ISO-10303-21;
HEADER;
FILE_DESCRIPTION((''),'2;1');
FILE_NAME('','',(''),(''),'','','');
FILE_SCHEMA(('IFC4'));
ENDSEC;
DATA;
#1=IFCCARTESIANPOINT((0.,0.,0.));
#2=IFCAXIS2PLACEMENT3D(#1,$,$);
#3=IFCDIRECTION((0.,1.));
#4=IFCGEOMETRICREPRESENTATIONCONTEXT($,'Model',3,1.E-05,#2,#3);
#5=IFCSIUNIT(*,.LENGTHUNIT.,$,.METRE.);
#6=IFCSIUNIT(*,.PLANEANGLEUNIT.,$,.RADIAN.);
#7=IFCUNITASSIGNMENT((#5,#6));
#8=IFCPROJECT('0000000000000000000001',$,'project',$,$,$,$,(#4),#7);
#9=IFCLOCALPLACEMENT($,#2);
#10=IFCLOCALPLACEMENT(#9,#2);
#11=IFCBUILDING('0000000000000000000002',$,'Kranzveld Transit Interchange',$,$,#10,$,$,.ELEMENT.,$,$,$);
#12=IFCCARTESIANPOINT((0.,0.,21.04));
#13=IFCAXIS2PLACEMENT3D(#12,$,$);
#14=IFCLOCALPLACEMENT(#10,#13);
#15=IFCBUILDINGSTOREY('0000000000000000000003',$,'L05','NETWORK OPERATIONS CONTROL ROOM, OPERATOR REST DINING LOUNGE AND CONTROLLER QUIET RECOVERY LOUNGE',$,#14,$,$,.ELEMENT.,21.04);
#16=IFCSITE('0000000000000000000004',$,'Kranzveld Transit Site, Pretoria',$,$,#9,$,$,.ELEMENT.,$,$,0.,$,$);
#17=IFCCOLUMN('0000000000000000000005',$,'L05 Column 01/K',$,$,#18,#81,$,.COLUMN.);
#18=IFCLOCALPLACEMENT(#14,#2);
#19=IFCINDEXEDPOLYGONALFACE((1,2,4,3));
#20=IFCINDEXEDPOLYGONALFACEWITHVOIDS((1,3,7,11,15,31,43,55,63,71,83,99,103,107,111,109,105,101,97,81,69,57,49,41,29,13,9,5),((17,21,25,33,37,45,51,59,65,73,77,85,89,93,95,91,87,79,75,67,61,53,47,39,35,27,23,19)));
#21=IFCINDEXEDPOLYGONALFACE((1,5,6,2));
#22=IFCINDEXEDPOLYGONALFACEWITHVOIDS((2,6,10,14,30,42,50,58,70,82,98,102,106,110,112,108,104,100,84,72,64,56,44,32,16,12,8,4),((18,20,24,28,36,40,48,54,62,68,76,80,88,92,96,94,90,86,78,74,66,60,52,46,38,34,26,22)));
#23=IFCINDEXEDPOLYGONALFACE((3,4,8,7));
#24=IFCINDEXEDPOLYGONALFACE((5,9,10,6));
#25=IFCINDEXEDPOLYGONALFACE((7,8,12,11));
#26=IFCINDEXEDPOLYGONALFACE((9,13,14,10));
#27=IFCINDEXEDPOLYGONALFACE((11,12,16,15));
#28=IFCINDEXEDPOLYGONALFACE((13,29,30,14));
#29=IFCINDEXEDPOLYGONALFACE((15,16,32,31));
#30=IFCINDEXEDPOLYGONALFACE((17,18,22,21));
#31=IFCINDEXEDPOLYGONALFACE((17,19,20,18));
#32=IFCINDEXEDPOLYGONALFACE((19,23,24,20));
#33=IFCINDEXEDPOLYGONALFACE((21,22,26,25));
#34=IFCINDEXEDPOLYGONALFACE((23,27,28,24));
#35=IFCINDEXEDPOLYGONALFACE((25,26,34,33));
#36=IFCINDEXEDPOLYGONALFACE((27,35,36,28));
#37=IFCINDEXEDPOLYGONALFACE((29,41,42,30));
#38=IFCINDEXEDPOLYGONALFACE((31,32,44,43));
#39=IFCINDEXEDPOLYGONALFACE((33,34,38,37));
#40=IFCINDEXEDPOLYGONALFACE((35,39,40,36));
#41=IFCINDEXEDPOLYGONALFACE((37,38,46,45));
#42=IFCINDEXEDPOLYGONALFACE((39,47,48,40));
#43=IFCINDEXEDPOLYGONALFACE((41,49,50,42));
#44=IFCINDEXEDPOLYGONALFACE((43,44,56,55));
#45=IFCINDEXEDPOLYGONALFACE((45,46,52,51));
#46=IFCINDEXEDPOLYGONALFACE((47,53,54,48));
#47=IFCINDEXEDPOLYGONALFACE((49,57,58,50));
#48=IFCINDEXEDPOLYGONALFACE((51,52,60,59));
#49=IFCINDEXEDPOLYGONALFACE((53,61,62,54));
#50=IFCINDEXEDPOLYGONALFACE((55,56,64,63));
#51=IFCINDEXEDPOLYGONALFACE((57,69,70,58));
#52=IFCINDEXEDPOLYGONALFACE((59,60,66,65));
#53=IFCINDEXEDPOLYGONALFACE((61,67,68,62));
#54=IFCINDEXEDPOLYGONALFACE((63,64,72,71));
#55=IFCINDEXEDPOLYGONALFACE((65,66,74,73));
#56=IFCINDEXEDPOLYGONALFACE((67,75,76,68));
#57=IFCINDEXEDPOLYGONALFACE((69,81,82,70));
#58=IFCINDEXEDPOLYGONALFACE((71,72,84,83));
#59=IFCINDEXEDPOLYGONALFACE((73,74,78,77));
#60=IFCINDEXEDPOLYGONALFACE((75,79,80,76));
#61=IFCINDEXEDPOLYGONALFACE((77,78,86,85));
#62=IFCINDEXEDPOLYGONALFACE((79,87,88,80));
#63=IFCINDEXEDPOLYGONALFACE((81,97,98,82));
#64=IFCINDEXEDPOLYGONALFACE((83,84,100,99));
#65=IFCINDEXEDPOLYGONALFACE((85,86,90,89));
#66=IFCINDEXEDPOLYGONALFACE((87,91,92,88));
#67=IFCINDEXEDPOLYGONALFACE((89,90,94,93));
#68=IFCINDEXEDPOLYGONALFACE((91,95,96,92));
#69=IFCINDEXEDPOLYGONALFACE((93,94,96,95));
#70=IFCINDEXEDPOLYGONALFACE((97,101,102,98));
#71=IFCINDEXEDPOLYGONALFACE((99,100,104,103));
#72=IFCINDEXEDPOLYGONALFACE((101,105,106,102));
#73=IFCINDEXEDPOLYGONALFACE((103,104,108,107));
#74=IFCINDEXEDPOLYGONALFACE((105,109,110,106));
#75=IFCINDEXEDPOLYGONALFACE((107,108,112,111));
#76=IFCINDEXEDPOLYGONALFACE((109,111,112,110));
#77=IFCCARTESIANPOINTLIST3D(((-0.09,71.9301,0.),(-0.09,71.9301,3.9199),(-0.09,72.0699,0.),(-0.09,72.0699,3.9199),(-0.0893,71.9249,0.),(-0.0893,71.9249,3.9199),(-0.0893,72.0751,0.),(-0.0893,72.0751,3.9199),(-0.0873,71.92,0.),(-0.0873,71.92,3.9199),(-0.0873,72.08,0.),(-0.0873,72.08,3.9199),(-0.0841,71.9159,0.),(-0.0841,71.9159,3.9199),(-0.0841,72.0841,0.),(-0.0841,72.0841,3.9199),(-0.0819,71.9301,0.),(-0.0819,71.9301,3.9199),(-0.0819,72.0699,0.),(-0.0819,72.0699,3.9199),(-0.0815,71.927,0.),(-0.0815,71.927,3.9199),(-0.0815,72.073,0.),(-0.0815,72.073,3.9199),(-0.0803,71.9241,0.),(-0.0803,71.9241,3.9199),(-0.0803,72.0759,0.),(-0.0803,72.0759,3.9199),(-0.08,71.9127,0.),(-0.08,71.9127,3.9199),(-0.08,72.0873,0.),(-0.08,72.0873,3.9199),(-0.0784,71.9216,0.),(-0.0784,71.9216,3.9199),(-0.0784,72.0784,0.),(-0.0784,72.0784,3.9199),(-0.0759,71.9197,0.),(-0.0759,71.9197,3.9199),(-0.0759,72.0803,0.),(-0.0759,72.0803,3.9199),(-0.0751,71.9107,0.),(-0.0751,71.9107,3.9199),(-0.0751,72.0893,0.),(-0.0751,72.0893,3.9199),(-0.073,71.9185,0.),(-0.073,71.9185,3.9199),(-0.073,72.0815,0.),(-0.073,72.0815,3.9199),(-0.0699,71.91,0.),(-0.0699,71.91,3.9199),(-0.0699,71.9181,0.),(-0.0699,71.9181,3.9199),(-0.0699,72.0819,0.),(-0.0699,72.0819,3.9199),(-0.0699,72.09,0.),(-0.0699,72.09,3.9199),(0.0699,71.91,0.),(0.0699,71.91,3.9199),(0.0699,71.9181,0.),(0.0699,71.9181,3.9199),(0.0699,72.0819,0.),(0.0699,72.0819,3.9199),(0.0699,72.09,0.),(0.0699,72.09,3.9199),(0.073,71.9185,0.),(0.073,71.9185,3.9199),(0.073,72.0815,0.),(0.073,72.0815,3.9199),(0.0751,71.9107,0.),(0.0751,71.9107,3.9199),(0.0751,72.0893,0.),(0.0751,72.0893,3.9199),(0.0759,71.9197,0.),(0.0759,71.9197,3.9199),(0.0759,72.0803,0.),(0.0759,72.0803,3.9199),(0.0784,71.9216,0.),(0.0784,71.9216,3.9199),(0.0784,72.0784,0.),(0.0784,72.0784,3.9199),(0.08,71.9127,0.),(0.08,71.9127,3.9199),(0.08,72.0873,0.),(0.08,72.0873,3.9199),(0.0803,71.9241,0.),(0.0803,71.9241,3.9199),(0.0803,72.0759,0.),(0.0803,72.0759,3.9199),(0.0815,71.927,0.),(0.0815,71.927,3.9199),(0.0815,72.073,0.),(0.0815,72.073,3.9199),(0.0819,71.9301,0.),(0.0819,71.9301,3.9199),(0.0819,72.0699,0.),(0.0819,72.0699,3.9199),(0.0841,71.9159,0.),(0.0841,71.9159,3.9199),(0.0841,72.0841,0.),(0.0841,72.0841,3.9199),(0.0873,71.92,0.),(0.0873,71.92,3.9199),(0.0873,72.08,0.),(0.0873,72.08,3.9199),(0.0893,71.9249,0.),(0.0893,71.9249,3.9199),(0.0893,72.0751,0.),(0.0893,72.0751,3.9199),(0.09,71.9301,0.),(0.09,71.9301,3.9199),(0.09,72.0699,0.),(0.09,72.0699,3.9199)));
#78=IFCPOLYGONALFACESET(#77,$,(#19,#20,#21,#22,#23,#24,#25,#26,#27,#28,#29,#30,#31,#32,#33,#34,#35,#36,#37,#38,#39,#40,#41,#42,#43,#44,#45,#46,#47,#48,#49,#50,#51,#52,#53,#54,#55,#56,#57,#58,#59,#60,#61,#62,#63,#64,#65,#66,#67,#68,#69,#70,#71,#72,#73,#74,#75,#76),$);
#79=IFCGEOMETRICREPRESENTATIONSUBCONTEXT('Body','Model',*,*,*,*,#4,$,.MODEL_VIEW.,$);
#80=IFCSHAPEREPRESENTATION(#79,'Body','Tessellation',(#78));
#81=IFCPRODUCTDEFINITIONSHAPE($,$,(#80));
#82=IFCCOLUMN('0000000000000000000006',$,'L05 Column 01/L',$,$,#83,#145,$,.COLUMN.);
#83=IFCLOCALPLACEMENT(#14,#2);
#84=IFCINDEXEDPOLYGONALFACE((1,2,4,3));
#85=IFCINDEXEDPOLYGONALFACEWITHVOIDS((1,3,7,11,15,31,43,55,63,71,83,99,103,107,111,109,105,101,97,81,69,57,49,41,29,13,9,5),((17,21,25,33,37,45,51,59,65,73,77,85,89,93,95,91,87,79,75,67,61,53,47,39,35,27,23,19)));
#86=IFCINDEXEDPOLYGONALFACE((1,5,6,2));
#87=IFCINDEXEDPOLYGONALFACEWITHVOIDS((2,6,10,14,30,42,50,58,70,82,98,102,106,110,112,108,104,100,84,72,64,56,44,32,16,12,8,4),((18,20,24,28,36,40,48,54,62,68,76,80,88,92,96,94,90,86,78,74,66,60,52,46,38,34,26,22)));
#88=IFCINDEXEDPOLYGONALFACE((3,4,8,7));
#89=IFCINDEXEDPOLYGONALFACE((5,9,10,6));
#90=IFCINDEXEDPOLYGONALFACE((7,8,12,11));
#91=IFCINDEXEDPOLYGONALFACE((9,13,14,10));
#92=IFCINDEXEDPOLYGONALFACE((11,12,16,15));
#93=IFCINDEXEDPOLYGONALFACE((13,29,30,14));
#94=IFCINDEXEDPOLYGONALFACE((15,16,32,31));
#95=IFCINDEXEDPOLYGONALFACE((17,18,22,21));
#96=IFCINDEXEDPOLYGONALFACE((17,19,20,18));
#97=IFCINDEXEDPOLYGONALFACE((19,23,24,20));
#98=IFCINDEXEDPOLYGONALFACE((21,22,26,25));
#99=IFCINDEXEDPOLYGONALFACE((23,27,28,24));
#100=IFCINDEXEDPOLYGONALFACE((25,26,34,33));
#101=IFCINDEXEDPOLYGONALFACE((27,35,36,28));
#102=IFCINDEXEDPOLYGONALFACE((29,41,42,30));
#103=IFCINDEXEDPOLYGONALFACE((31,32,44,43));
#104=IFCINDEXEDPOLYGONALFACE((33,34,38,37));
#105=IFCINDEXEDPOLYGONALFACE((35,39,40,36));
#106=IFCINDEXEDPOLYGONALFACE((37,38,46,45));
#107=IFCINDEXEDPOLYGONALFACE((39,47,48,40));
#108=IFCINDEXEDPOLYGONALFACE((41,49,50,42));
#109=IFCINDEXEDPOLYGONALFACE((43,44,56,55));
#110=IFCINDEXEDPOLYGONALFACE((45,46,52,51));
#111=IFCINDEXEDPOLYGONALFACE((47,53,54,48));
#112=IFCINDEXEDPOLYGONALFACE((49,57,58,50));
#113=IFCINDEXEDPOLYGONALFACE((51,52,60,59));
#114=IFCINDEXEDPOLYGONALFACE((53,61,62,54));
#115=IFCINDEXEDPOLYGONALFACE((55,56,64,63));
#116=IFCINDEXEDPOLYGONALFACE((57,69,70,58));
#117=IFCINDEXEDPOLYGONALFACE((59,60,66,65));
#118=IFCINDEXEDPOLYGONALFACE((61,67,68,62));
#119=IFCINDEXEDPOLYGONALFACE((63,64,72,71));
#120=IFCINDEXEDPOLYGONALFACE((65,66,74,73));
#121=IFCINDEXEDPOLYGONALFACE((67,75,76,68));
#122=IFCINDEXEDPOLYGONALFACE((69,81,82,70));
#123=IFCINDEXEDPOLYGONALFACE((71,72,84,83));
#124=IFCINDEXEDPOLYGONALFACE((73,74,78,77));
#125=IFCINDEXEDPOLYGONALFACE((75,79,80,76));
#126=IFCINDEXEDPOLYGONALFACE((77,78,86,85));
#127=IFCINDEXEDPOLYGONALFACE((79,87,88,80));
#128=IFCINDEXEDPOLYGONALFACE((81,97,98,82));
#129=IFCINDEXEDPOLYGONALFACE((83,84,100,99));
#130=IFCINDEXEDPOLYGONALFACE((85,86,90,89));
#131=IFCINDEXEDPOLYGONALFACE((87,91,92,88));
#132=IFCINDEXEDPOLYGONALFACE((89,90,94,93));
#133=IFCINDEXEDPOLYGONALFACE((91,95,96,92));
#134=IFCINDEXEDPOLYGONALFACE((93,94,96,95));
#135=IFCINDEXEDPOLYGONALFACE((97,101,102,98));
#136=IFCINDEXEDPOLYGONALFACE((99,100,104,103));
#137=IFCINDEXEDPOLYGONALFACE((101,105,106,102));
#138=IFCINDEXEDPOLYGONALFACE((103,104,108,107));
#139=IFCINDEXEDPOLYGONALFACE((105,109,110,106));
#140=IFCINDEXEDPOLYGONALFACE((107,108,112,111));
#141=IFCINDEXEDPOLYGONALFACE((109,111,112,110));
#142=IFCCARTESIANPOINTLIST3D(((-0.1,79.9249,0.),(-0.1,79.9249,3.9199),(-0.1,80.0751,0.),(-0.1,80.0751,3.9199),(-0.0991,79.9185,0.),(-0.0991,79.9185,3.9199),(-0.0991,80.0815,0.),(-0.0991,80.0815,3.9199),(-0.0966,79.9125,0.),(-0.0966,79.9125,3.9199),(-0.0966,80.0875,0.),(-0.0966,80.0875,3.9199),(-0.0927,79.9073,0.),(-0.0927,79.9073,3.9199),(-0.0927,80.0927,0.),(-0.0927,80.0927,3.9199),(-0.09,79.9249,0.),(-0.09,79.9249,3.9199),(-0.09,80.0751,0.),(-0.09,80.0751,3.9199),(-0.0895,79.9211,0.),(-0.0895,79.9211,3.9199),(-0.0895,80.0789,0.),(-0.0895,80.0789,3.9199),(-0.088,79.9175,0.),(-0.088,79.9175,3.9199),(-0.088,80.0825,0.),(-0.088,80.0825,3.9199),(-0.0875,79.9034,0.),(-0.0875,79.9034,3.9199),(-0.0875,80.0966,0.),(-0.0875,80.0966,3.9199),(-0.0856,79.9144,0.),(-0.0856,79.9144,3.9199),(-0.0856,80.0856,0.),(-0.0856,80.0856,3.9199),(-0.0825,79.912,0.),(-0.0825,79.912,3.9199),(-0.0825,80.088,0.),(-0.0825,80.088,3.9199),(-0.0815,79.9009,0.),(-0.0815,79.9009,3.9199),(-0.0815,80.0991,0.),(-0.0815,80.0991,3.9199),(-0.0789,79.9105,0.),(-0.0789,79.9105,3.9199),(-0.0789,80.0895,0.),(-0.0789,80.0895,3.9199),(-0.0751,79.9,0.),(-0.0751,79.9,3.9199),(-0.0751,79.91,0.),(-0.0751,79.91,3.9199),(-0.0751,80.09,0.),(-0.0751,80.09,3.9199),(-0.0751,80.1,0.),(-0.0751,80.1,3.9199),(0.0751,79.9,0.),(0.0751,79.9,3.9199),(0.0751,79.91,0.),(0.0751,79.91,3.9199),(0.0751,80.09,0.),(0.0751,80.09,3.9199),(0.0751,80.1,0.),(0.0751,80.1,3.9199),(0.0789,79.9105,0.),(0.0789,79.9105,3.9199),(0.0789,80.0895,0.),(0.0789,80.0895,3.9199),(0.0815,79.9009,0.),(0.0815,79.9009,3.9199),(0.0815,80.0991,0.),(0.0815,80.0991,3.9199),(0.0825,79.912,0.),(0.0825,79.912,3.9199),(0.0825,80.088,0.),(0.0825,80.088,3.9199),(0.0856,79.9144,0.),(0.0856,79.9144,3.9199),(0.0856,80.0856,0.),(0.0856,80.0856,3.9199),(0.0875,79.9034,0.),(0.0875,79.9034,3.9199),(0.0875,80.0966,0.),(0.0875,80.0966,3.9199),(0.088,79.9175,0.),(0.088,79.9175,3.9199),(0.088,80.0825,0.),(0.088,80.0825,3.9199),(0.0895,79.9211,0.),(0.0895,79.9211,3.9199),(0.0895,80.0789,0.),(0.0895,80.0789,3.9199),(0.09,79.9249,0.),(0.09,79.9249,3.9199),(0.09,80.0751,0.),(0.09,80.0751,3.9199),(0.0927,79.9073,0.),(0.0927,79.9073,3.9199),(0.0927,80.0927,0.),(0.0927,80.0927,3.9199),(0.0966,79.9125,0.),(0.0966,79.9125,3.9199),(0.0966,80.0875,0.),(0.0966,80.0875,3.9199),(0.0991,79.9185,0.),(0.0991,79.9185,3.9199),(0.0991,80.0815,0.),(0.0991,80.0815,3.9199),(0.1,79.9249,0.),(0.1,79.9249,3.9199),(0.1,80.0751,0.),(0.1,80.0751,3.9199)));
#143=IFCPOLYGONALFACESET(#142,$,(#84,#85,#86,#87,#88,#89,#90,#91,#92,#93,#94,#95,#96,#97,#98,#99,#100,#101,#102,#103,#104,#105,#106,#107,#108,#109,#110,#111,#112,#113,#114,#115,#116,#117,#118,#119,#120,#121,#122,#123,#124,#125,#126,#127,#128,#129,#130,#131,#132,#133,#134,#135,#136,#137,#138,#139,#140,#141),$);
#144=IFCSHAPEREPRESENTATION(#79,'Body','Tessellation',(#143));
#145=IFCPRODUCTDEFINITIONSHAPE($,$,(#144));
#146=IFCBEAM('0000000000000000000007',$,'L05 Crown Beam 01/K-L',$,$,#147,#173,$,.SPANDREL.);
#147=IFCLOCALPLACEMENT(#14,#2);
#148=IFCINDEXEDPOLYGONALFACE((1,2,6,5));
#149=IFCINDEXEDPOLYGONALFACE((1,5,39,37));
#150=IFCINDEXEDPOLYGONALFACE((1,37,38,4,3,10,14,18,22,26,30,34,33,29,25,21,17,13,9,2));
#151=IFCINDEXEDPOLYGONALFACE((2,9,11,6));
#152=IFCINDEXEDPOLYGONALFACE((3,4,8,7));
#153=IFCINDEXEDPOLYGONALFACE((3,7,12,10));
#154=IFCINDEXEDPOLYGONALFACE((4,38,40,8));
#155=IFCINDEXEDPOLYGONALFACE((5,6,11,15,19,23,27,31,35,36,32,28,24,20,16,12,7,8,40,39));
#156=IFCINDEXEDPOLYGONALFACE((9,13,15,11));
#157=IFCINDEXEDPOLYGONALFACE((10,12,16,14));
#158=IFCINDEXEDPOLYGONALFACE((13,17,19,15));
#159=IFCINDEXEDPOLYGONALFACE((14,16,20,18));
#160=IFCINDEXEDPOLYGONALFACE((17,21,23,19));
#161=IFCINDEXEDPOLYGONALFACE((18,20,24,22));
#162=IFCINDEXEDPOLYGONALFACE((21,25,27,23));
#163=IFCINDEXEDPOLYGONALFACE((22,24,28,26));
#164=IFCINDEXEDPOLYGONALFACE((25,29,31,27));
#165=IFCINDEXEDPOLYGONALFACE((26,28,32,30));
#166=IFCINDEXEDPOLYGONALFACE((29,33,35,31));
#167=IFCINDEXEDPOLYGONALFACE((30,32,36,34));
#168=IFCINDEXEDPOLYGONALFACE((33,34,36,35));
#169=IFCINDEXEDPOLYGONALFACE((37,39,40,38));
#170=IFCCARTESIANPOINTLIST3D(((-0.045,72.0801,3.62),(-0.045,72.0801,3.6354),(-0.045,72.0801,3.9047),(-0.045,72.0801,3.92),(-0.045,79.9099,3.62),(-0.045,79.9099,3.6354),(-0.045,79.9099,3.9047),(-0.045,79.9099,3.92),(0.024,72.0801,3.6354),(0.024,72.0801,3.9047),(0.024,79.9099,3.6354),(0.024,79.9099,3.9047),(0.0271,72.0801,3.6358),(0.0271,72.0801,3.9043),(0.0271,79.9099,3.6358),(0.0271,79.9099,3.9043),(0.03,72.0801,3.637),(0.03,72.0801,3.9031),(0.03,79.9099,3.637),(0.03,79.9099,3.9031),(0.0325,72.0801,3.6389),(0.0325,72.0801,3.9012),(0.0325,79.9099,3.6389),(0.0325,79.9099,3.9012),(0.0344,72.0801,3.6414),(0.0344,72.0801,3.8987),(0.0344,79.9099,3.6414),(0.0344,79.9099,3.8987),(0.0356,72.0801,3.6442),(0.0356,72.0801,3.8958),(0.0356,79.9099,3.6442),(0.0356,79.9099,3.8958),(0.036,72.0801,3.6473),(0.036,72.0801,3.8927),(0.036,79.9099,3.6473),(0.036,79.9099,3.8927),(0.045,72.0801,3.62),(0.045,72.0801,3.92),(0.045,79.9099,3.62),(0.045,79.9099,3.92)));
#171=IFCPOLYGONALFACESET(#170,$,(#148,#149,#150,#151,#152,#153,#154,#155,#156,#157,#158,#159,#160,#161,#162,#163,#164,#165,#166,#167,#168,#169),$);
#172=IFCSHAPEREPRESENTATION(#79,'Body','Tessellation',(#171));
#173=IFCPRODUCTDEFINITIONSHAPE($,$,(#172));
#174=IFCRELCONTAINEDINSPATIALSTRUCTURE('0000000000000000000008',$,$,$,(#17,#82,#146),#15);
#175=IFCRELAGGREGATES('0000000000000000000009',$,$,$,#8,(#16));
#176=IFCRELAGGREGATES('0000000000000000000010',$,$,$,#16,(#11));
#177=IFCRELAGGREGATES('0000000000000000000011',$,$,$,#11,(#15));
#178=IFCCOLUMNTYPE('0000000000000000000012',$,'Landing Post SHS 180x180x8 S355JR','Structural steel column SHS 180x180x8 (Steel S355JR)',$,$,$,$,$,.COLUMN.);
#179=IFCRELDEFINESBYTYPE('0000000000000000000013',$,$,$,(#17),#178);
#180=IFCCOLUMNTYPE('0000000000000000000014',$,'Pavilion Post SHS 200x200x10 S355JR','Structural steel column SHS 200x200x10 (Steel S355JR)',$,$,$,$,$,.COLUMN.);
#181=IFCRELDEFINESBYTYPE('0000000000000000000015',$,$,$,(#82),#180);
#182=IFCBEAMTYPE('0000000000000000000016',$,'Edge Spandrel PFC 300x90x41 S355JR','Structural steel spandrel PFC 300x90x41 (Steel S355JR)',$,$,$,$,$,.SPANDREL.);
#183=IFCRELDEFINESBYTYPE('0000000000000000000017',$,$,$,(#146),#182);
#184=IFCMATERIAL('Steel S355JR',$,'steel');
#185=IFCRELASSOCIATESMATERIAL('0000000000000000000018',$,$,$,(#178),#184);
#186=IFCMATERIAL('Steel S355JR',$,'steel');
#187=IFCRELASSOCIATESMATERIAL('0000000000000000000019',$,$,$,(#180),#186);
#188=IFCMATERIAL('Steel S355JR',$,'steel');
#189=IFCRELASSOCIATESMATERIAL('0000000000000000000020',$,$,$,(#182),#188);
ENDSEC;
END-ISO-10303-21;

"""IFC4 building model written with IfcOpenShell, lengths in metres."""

from ifc_helpers import new_model, si_unit, direction, frame, origin, origin_2d, place, context, subcontext, project, spatial, hollow_rectangle, u_section, extrude, material, material_profile, profile_set, type_object, element, save


model = new_model("IFC4")

# Units and contexts
model_context = context("Model", 3, precision=1e-05, world=origin(), true_north=direction((0.0, 1.0)))
body_context = subcontext(model_context, "Body", "Model", "MODEL_VIEW")
ifc_project = project(units=[si_unit("LENGTHUNIT", "METRE"), si_unit("PLANEANGLEUNIT", "RADIAN")], contexts=[model_context])

# Site, building, storey
site_placement = place(None, origin())
site = spatial("IfcSite", under=ifc_project, at=site_placement, Name="Kranzveld Transit Site, Pretoria", CompositionType="ELEMENT", RefElevation=0.0)
building_placement = place(site_placement, origin())
building = spatial("IfcBuilding", under=site, at=building_placement, Name="Kranzveld Transit Interchange", CompositionType="ELEMENT")
storey_placement = place(building_placement, frame((0.0, 0.0, 21.04)))
storey = spatial("IfcBuildingStorey", under=building, at=storey_placement, Name="L05", Description="NETWORK OPERATIONS CONTROL ROOM, OPERATOR REST DINING LOUNGE AND CONTROLLER QUIET RECOVERY LOUNGE", CompositionType="ELEMENT", Elevation=21.04)

# Columns
ifc_material_1 = material(Name="Steel S355JR", Category="steel")
ifc_material_profile_1 = material_profile(ifc_material_1, hollow_rectangle(XDim=0.1799, YDim=0.1799, WallThickness=0.0081, InnerFilletRadius=0.012, OuterFilletRadius=0.02, at=origin_2d()), Name="SHS 180x180x8")
ifc_profile_set_1 = profile_set([ifc_material_profile_1], Name="Steel S355JR")
column_type_1 = type_object("IfcColumnType", Name="Landing Post SHS 180x180x8 S355JR", Description="Structural steel column SHS 180x180x8 (Steel S355JR)", PredefinedType="COLUMN", material=ifc_profile_set_1)
column_1_placement = place(storey_placement, frame((0.0, 72.0, 0.0), z_axis=(0.0, 0.0, 1.0), x_axis=(1.0, 0.0, 0.0)))
element("IfcColumn", 1, at=column_1_placement, inside=storey, type_object=column_type_1, Name="L05 Column 01/K", PredefinedType="COLUMN", context=body_context, shape_type="SweptSolid", body=[
    extrude(hollow_rectangle(XDim=0.1799, YDim=0.1799, WallThickness=0.0081, InnerFilletRadius=0.012, OuterFilletRadius=0.02, at=origin_2d()), origin(), (0.0, 0.0, 1.0), 3.9199),
])
ifc_material_2 = material(Name="Steel S355JR", Category="steel")
ifc_material_profile_2 = material_profile(ifc_material_2, hollow_rectangle(XDim=0.2, YDim=0.2, WallThickness=0.01, InnerFilletRadius=0.0149, OuterFilletRadius=0.0249, at=origin_2d()), Name="SHS 200x200x10")
ifc_profile_set_2 = profile_set([ifc_material_profile_2], Name="Steel S355JR")
column_type_2 = type_object("IfcColumnType", Name="Pavilion Post SHS 200x200x10 S355JR", Description="Structural steel column SHS 200x200x10 (Steel S355JR)", PredefinedType="COLUMN", material=ifc_profile_set_2)
column_2_placement = place(storey_placement, frame((0.0, 80.0, 0.0), z_axis=(0.0, 0.0, 1.0), x_axis=(1.0, 0.0, 0.0)))
element("IfcColumn", 2, at=column_2_placement, inside=storey, type_object=column_type_2, Name="L05 Column 01/L", PredefinedType="COLUMN", context=body_context, shape_type="SweptSolid", body=[
    extrude(hollow_rectangle(XDim=0.2, YDim=0.2, WallThickness=0.01, InnerFilletRadius=0.0149, OuterFilletRadius=0.0249, at=origin_2d()), origin(), (0.0, 0.0, 1.0), 3.9199),
])

# Beam
ifc_material_3 = material(Name="Steel S355JR", Category="steel")
ifc_material_profile_3 = material_profile(ifc_material_3, u_section(Depth=0.3, FlangeWidth=0.0901, WebThickness=0.009, FlangeThickness=0.0154, FilletRadius=0.012, at=origin_2d()), Name="PFC 300x90x41")
ifc_profile_set_3 = profile_set([ifc_material_profile_3], Name="Steel S355JR")
beam_type_1 = type_object("IfcBeamType", Name="Edge Spandrel PFC 300x90x41 S355JR", Description="Structural steel spandrel PFC 300x90x41 (Steel S355JR)", PredefinedType="SPANDREL", material=ifc_profile_set_3)
beam_1_placement = place(storey_placement, frame((0.0, 72.0801, 3.77), z_axis=(0.0, 1.0, 0.0), x_axis=(-1.0, 0.0, 0.0)))
element("IfcBeam", 3, at=beam_1_placement, inside=storey, type_object=beam_type_1, Name="L05 Crown Beam 01/K-L", PredefinedType="SPANDREL", context=body_context, shape_type="SweptSolid", body=[
    extrude(u_section(Depth=0.3, FlangeWidth=0.0901, WebThickness=0.009, FlangeThickness=0.0154, FilletRadius=0.012, at=origin_2d()), origin(), (0.0, 0.0, 1.0), 7.8298),
])

save(model, "model.ifc")
